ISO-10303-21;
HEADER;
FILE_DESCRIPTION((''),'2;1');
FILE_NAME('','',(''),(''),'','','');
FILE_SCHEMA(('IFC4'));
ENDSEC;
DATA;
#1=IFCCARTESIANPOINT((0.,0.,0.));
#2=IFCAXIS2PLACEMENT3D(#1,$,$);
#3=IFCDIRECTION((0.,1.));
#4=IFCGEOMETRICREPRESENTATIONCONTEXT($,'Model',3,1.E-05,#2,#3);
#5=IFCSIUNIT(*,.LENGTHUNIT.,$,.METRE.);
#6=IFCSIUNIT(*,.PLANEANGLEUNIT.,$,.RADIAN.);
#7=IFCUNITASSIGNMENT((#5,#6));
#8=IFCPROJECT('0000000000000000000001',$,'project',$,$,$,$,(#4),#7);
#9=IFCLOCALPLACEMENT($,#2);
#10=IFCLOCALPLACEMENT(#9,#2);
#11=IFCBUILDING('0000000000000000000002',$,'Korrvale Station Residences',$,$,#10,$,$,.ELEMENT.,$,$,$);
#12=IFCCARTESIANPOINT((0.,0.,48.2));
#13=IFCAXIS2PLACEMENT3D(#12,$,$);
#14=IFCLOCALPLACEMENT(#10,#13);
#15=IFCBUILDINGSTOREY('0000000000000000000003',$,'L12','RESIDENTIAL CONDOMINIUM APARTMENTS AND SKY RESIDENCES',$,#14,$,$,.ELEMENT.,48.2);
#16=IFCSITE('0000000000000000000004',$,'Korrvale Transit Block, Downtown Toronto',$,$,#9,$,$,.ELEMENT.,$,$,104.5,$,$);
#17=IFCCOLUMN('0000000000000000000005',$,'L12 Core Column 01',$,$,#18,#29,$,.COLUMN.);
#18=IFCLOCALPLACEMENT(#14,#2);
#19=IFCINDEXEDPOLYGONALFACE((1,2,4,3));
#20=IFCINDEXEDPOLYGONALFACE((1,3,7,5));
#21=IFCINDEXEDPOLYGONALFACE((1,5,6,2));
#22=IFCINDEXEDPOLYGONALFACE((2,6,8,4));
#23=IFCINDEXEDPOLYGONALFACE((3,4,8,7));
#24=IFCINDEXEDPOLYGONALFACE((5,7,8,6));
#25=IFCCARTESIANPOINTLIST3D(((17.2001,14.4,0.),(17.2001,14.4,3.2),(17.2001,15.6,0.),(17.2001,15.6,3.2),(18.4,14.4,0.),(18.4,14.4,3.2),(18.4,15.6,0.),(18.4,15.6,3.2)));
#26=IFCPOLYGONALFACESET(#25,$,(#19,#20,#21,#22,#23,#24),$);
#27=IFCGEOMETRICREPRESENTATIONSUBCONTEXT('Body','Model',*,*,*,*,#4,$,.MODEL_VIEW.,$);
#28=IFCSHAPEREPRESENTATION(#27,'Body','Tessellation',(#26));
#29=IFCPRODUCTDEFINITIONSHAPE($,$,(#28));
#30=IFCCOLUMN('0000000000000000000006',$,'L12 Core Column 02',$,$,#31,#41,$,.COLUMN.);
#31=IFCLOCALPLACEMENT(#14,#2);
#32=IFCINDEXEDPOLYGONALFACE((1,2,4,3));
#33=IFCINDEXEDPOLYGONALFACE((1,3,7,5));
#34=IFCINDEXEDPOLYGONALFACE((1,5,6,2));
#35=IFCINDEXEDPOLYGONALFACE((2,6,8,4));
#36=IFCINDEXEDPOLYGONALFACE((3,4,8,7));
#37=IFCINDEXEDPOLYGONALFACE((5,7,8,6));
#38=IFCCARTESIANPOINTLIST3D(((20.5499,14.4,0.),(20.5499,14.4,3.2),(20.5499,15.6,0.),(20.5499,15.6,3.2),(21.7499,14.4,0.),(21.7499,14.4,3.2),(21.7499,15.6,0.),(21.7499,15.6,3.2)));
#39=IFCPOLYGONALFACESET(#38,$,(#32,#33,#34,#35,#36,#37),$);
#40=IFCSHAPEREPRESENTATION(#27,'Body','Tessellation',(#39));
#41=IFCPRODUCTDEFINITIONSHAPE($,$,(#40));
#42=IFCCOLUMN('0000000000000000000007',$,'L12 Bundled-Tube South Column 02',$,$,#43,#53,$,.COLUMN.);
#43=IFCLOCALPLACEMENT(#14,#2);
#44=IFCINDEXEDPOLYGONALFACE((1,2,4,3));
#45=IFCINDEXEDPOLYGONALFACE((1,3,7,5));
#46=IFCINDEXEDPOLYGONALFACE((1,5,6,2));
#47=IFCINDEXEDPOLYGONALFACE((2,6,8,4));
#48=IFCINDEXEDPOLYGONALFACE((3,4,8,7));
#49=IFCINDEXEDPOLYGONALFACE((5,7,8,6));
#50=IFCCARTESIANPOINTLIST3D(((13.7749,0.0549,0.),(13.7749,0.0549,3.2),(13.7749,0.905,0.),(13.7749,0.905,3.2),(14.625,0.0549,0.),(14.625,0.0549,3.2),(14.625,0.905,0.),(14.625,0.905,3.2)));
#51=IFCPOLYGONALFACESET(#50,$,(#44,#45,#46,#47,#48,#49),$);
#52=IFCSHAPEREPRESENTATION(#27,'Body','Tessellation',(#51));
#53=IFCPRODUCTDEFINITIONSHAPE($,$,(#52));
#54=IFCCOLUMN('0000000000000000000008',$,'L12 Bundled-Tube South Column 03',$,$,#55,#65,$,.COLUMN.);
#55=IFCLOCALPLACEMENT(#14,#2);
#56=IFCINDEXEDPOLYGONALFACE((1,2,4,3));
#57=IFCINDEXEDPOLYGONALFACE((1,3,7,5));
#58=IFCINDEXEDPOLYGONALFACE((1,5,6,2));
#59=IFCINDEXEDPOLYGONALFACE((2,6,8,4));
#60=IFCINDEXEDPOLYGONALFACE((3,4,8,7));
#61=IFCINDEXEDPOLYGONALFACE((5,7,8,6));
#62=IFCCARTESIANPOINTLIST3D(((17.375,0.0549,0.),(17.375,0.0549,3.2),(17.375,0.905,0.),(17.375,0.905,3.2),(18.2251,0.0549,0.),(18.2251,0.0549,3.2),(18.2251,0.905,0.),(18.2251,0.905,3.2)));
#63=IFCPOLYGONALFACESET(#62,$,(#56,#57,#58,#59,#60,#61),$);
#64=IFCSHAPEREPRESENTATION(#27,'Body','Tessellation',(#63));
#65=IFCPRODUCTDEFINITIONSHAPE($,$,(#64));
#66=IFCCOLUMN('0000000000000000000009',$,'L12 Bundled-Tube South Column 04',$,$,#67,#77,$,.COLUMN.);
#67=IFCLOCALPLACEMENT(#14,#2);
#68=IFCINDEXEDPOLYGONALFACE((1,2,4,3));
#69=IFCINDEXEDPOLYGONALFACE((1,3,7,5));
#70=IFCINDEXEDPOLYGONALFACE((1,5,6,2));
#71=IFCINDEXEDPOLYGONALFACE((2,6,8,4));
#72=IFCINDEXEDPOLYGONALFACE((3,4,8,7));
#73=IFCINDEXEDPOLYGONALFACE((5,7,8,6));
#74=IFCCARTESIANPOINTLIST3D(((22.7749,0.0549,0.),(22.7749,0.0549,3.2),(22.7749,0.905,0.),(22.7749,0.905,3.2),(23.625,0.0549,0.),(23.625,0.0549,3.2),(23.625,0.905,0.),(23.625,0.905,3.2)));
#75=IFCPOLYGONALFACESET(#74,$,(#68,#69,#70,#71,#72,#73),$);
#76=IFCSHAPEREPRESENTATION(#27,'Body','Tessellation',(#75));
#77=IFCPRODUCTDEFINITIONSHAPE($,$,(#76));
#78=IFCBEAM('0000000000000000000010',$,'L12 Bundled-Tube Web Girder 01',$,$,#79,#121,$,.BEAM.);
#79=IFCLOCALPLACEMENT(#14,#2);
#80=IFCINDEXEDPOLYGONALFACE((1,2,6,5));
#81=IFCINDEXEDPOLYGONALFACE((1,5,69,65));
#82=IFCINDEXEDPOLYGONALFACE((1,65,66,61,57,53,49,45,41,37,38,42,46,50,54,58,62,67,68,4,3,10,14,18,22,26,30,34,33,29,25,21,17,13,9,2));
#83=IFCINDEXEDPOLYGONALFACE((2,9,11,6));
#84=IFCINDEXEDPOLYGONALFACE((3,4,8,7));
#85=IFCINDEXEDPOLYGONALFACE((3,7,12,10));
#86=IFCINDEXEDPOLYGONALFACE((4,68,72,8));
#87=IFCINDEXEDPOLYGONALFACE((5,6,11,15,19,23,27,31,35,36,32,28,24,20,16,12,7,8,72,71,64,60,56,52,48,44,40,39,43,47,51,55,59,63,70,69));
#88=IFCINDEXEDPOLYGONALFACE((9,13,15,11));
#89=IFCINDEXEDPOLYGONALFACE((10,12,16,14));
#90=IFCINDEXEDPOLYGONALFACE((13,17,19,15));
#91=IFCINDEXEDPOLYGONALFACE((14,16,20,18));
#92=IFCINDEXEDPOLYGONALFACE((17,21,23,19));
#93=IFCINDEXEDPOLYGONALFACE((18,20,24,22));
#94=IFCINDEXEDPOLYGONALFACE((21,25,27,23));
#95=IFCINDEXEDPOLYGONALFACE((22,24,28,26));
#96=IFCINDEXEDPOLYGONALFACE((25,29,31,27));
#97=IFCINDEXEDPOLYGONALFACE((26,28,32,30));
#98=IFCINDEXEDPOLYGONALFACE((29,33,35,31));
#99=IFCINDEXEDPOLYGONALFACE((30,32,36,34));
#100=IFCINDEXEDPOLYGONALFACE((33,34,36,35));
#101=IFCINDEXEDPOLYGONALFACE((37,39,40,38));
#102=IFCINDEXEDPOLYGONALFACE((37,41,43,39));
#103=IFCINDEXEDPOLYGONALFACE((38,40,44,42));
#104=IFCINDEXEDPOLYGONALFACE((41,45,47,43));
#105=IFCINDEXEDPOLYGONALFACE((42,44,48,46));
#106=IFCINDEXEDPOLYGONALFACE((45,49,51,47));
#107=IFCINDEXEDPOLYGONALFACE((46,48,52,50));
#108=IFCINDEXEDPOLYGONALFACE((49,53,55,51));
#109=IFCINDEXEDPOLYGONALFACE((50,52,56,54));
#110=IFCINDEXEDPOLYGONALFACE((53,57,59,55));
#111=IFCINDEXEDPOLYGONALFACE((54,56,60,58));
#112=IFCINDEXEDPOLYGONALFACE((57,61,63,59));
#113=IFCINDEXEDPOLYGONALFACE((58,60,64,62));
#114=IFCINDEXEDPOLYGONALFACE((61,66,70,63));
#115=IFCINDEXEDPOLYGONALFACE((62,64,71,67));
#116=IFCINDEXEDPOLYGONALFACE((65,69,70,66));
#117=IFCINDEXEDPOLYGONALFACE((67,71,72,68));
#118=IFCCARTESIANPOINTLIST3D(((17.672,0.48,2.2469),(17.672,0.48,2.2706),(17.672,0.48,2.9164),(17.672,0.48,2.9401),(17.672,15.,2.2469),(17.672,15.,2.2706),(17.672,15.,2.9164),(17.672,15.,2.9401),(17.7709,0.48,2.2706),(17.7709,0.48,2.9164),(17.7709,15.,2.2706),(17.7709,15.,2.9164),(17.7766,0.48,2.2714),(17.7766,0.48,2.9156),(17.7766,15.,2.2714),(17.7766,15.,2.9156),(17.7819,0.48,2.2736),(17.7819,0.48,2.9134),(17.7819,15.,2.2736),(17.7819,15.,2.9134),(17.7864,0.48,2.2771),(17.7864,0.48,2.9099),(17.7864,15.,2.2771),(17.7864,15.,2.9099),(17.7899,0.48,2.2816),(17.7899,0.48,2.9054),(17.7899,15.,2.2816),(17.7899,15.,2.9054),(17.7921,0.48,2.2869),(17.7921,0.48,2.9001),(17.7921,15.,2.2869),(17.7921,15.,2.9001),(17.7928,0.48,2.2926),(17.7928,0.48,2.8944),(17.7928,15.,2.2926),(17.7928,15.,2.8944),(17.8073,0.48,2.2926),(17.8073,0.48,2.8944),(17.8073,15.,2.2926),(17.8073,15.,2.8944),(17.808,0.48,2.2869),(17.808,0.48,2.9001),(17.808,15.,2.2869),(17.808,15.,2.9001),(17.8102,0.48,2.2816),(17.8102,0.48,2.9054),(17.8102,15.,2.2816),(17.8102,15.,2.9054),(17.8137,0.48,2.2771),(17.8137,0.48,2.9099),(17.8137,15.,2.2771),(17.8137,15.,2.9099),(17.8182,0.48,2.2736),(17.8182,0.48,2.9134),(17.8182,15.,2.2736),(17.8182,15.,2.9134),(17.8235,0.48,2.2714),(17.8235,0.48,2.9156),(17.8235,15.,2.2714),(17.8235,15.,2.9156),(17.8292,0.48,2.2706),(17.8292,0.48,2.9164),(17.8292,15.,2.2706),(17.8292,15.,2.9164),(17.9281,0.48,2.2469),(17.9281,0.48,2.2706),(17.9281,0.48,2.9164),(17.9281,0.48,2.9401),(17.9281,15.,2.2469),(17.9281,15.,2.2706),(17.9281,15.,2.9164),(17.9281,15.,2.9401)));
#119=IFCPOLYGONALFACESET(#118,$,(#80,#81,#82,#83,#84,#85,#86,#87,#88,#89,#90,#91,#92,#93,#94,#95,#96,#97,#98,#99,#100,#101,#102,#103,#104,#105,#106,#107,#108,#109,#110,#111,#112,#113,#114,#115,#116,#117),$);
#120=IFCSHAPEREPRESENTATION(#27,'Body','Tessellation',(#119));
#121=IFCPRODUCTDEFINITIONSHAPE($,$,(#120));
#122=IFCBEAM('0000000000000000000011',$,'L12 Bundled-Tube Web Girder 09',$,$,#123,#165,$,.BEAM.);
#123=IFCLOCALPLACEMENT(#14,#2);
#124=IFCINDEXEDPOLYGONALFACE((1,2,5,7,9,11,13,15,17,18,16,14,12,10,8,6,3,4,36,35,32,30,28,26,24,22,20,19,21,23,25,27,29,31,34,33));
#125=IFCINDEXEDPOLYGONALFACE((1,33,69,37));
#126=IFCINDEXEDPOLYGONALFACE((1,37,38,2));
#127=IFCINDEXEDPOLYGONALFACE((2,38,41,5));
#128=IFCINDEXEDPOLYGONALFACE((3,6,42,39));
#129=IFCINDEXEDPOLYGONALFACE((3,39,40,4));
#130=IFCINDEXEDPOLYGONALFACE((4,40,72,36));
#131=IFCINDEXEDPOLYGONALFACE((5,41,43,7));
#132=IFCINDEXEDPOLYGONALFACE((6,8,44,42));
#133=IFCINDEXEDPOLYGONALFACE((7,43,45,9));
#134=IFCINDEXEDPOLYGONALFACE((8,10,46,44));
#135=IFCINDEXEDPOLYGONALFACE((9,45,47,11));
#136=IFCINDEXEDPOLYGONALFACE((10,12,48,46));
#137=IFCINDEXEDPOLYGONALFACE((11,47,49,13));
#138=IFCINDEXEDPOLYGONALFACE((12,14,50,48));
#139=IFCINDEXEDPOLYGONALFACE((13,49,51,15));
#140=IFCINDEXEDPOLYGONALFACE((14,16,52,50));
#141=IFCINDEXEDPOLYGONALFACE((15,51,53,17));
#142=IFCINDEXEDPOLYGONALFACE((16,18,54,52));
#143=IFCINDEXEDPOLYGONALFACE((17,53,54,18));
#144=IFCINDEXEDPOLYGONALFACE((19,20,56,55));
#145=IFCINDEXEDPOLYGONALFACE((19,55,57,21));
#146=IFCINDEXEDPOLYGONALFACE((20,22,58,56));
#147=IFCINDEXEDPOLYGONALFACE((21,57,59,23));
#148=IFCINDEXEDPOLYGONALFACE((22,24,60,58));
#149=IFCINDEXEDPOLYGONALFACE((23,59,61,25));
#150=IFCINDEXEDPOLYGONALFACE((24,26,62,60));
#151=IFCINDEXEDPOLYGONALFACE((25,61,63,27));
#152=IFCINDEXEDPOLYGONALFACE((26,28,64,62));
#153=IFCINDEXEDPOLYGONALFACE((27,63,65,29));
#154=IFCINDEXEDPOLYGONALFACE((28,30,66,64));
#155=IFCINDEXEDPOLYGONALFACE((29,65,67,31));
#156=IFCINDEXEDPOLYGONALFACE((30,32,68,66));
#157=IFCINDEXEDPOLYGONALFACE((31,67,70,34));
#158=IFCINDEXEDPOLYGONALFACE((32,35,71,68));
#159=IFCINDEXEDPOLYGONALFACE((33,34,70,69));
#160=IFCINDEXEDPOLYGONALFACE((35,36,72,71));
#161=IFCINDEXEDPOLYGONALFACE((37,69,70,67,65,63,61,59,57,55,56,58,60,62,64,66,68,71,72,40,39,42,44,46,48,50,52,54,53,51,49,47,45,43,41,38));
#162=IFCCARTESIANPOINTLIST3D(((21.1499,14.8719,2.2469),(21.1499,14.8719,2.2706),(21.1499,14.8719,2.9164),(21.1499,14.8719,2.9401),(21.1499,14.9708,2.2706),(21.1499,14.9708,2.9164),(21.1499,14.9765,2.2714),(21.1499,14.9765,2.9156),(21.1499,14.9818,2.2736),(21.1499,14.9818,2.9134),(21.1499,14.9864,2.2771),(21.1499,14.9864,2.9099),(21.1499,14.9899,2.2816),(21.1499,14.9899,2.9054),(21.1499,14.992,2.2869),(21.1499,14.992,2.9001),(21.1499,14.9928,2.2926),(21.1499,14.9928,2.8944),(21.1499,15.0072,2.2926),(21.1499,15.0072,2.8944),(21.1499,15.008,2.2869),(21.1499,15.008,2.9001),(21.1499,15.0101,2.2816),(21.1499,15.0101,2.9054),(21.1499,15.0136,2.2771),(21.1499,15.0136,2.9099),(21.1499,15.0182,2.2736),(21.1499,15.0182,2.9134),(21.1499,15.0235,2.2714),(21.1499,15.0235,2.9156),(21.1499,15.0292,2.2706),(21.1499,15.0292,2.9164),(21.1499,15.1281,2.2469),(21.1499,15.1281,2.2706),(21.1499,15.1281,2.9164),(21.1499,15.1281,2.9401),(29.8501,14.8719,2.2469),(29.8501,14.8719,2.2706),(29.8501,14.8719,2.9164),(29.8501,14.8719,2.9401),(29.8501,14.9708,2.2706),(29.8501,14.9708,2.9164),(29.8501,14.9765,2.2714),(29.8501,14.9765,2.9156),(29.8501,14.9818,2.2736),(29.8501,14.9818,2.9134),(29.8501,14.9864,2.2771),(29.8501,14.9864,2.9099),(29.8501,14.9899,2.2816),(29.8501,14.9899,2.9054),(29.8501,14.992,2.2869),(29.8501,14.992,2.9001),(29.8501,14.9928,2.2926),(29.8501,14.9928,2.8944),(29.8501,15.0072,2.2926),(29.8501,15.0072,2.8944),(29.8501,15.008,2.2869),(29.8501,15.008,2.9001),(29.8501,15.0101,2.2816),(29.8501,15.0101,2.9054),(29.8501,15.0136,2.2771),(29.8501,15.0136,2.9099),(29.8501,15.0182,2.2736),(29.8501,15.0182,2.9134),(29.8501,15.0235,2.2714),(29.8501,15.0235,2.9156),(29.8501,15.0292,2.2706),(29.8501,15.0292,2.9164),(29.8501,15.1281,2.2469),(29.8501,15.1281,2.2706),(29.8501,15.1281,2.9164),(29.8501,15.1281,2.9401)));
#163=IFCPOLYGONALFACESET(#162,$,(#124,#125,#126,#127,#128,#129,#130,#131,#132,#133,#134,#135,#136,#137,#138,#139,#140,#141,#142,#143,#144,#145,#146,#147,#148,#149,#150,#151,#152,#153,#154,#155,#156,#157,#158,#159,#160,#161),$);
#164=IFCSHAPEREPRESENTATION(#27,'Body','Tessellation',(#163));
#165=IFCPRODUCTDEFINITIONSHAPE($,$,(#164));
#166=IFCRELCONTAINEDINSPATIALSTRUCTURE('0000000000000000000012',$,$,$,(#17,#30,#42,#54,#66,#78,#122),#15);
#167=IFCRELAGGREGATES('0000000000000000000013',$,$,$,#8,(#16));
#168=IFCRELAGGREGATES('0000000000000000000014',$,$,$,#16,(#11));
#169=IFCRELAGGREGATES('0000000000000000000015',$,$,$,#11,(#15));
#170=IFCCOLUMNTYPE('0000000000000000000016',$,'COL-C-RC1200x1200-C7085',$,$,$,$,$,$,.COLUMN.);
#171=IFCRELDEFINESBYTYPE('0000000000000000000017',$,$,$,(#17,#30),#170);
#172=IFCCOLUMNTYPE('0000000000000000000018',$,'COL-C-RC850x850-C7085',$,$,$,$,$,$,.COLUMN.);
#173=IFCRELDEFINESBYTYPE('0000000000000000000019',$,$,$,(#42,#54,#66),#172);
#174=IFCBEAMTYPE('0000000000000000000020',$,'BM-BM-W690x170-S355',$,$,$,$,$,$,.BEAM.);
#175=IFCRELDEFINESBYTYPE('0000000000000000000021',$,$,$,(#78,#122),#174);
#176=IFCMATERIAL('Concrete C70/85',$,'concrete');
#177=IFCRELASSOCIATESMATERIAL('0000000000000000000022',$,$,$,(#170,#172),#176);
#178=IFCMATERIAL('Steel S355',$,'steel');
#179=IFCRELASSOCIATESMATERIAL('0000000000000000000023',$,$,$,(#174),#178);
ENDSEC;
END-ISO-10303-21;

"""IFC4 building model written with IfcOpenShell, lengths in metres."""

from ifc_helpers import new_model, si_unit, direction, frame, origin, origin_2d, place, context, subcontext, project, spatial, rectangle, i_section, extrude, material, material_profile, profile_set, type_object, element, save


model = new_model("IFC4")

# Units and contexts
model_context = context("Model", 3, precision=1e-05, world=origin(), true_north=direction((0.0, 1.0)))
body_context = subcontext(model_context, "Body", "Model", "MODEL_VIEW")
ifc_project = project(units=[si_unit("LENGTHUNIT", "METRE"), si_unit("PLANEANGLEUNIT", "RADIAN")], contexts=[model_context])

# Site, building, storey
site_placement = place(None, origin())
site = spatial("IfcSite", under=ifc_project, at=site_placement, Name="Korrvale Transit Block, Downtown Toronto", CompositionType="ELEMENT", RefElevation=104.5)
building_placement = place(site_placement, origin())
building = spatial("IfcBuilding", under=site, at=building_placement, Name="Korrvale Station Residences", CompositionType="ELEMENT")
storey_placement = place(building_placement, frame((0.0, 0.0, 48.2)))
storey = spatial("IfcBuildingStorey", under=building, at=storey_placement, Name="L12", Description="RESIDENTIAL CONDOMINIUM APARTMENTS AND SKY RESIDENCES", CompositionType="ELEMENT", Elevation=48.2)

# Columns
ifc_material_1 = material(Name="Concrete C70/85", Category="concrete")
ifc_material_profile_1 = material_profile(ifc_material_1, rectangle(XDim=1.2, YDim=1.2, at=origin_2d()), Name="RC1200x1200")
ifc_profile_set_1 = profile_set([ifc_material_profile_1], Name="Concrete C70/85")
column_type_1 = type_object("IfcColumnType", Name="COL-C-RC1200x1200-C7085", PredefinedType="COLUMN", material=ifc_profile_set_1)
for number, where, z_axis, x_axis, name in (
    (1, (17.8, 15.0, 0.0), (0.0, 0.0, 1.0), (1.0, 0.0, 0.0), "L12 Core Column 01"),
    (2, (21.1499, 15.0, 0.0), (0.0, 0.0, 1.0), (1.0, 0.0, 0.0), "L12 Core Column 02"),
):
    element("IfcColumn", number, at=place(storey_placement, frame(where, z_axis=z_axis, x_axis=x_axis)), inside=storey, type_object=column_type_1, Name=name, PredefinedType="COLUMN", context=body_context, shape_type="SweptSolid", body=[
        extrude(rectangle(XDim=1.2, YDim=1.2, at=origin_2d()), origin(), (0.0, 0.0, 1.0), 3.2),
    ])
ifc_material_profile_2 = material_profile(ifc_material_1, rectangle(XDim=0.8501, YDim=0.8501, at=origin_2d()), Name="RC850x850")
ifc_profile_set_2 = profile_set([ifc_material_profile_2], Name="Concrete C70/85")
column_type_2 = type_object("IfcColumnType", Name="COL-C-RC850x850-C7085", PredefinedType="COLUMN", material=ifc_profile_set_2)
for number, where, z_axis, x_axis, name in (
    (3, (14.2, 0.48, 0.0), (0.0, 0.0, 1.0), (1.0, 0.0, 0.0), "L12 Bundled-Tube South Column 02"),
    (4, (17.8, 0.48, 0.0), (0.0, 0.0, 1.0), (1.0, 0.0, 0.0), "L12 Bundled-Tube South Column 03"),
    (5, (23.2, 0.48, 0.0), (0.0, 0.0, 1.0), (1.0, 0.0, 0.0), "L12 Bundled-Tube South Column 04"),
):
    element("IfcColumn", number, at=place(storey_placement, frame(where, z_axis=z_axis, x_axis=x_axis)), inside=storey, type_object=column_type_2, Name=name, PredefinedType="COLUMN", context=body_context, shape_type="SweptSolid", body=[
        extrude(rectangle(XDim=0.8501, YDim=0.8501, at=origin_2d()), origin(), (0.0, 0.0, 1.0), 3.2),
    ])

# Beams
ifc_material_2 = material(Name="Steel S355", Category="steel")
ifc_material_profile_3 = material_profile(ifc_material_2, i_section(OverallWidth=0.2561, OverallDepth=0.6931, WebThickness=0.0144, FlangeThickness=0.0237, FilletRadius=0.022, at=origin_2d()), Name="W690x170")
ifc_profile_set_3 = profile_set([ifc_material_profile_3], Name="Steel S355")
beam_type_1 = type_object("IfcBeamType", Name="BM-BM-W690x170-S355", PredefinedType="BEAM", material=ifc_profile_set_3)
beam_1_placement = place(storey_placement, frame((17.8, 0.48, 2.5935), z_axis=(0.0, 1.0, 0.0), x_axis=(-1.0, 0.0, 0.0)))
element("IfcBeam", 6, at=beam_1_placement, inside=storey, type_object=beam_type_1, Name="L12 Bundled-Tube Web Girder 01", PredefinedType="BEAM", context=body_context, shape_type="SweptSolid", body=[
    extrude(i_section(OverallWidth=0.2561, OverallDepth=0.6931, WebThickness=0.0144, FlangeThickness=0.0237, FilletRadius=0.022, at=origin_2d()), origin(), (0.0, 0.0, 1.0), 14.52),
])
beam_2_placement = place(storey_placement, frame((21.1499, 15.0, 2.5935), z_axis=(1.0, 0.0, 0.0), x_axis=(0.0, 1.0, 0.0)))
element("IfcBeam", 7, at=beam_2_placement, inside=storey, type_object=beam_type_1, Name="L12 Bundled-Tube Web Girder 09", PredefinedType="BEAM", context=body_context, shape_type="SweptSolid", body=[
    extrude(i_section(OverallWidth=0.2561, OverallDepth=0.6931, WebThickness=0.0144, FlangeThickness=0.0237, FilletRadius=0.022, at=origin_2d()), origin(), (0.0, 0.0, 1.0), 8.7002),
])

save(model, "model.ifc")
